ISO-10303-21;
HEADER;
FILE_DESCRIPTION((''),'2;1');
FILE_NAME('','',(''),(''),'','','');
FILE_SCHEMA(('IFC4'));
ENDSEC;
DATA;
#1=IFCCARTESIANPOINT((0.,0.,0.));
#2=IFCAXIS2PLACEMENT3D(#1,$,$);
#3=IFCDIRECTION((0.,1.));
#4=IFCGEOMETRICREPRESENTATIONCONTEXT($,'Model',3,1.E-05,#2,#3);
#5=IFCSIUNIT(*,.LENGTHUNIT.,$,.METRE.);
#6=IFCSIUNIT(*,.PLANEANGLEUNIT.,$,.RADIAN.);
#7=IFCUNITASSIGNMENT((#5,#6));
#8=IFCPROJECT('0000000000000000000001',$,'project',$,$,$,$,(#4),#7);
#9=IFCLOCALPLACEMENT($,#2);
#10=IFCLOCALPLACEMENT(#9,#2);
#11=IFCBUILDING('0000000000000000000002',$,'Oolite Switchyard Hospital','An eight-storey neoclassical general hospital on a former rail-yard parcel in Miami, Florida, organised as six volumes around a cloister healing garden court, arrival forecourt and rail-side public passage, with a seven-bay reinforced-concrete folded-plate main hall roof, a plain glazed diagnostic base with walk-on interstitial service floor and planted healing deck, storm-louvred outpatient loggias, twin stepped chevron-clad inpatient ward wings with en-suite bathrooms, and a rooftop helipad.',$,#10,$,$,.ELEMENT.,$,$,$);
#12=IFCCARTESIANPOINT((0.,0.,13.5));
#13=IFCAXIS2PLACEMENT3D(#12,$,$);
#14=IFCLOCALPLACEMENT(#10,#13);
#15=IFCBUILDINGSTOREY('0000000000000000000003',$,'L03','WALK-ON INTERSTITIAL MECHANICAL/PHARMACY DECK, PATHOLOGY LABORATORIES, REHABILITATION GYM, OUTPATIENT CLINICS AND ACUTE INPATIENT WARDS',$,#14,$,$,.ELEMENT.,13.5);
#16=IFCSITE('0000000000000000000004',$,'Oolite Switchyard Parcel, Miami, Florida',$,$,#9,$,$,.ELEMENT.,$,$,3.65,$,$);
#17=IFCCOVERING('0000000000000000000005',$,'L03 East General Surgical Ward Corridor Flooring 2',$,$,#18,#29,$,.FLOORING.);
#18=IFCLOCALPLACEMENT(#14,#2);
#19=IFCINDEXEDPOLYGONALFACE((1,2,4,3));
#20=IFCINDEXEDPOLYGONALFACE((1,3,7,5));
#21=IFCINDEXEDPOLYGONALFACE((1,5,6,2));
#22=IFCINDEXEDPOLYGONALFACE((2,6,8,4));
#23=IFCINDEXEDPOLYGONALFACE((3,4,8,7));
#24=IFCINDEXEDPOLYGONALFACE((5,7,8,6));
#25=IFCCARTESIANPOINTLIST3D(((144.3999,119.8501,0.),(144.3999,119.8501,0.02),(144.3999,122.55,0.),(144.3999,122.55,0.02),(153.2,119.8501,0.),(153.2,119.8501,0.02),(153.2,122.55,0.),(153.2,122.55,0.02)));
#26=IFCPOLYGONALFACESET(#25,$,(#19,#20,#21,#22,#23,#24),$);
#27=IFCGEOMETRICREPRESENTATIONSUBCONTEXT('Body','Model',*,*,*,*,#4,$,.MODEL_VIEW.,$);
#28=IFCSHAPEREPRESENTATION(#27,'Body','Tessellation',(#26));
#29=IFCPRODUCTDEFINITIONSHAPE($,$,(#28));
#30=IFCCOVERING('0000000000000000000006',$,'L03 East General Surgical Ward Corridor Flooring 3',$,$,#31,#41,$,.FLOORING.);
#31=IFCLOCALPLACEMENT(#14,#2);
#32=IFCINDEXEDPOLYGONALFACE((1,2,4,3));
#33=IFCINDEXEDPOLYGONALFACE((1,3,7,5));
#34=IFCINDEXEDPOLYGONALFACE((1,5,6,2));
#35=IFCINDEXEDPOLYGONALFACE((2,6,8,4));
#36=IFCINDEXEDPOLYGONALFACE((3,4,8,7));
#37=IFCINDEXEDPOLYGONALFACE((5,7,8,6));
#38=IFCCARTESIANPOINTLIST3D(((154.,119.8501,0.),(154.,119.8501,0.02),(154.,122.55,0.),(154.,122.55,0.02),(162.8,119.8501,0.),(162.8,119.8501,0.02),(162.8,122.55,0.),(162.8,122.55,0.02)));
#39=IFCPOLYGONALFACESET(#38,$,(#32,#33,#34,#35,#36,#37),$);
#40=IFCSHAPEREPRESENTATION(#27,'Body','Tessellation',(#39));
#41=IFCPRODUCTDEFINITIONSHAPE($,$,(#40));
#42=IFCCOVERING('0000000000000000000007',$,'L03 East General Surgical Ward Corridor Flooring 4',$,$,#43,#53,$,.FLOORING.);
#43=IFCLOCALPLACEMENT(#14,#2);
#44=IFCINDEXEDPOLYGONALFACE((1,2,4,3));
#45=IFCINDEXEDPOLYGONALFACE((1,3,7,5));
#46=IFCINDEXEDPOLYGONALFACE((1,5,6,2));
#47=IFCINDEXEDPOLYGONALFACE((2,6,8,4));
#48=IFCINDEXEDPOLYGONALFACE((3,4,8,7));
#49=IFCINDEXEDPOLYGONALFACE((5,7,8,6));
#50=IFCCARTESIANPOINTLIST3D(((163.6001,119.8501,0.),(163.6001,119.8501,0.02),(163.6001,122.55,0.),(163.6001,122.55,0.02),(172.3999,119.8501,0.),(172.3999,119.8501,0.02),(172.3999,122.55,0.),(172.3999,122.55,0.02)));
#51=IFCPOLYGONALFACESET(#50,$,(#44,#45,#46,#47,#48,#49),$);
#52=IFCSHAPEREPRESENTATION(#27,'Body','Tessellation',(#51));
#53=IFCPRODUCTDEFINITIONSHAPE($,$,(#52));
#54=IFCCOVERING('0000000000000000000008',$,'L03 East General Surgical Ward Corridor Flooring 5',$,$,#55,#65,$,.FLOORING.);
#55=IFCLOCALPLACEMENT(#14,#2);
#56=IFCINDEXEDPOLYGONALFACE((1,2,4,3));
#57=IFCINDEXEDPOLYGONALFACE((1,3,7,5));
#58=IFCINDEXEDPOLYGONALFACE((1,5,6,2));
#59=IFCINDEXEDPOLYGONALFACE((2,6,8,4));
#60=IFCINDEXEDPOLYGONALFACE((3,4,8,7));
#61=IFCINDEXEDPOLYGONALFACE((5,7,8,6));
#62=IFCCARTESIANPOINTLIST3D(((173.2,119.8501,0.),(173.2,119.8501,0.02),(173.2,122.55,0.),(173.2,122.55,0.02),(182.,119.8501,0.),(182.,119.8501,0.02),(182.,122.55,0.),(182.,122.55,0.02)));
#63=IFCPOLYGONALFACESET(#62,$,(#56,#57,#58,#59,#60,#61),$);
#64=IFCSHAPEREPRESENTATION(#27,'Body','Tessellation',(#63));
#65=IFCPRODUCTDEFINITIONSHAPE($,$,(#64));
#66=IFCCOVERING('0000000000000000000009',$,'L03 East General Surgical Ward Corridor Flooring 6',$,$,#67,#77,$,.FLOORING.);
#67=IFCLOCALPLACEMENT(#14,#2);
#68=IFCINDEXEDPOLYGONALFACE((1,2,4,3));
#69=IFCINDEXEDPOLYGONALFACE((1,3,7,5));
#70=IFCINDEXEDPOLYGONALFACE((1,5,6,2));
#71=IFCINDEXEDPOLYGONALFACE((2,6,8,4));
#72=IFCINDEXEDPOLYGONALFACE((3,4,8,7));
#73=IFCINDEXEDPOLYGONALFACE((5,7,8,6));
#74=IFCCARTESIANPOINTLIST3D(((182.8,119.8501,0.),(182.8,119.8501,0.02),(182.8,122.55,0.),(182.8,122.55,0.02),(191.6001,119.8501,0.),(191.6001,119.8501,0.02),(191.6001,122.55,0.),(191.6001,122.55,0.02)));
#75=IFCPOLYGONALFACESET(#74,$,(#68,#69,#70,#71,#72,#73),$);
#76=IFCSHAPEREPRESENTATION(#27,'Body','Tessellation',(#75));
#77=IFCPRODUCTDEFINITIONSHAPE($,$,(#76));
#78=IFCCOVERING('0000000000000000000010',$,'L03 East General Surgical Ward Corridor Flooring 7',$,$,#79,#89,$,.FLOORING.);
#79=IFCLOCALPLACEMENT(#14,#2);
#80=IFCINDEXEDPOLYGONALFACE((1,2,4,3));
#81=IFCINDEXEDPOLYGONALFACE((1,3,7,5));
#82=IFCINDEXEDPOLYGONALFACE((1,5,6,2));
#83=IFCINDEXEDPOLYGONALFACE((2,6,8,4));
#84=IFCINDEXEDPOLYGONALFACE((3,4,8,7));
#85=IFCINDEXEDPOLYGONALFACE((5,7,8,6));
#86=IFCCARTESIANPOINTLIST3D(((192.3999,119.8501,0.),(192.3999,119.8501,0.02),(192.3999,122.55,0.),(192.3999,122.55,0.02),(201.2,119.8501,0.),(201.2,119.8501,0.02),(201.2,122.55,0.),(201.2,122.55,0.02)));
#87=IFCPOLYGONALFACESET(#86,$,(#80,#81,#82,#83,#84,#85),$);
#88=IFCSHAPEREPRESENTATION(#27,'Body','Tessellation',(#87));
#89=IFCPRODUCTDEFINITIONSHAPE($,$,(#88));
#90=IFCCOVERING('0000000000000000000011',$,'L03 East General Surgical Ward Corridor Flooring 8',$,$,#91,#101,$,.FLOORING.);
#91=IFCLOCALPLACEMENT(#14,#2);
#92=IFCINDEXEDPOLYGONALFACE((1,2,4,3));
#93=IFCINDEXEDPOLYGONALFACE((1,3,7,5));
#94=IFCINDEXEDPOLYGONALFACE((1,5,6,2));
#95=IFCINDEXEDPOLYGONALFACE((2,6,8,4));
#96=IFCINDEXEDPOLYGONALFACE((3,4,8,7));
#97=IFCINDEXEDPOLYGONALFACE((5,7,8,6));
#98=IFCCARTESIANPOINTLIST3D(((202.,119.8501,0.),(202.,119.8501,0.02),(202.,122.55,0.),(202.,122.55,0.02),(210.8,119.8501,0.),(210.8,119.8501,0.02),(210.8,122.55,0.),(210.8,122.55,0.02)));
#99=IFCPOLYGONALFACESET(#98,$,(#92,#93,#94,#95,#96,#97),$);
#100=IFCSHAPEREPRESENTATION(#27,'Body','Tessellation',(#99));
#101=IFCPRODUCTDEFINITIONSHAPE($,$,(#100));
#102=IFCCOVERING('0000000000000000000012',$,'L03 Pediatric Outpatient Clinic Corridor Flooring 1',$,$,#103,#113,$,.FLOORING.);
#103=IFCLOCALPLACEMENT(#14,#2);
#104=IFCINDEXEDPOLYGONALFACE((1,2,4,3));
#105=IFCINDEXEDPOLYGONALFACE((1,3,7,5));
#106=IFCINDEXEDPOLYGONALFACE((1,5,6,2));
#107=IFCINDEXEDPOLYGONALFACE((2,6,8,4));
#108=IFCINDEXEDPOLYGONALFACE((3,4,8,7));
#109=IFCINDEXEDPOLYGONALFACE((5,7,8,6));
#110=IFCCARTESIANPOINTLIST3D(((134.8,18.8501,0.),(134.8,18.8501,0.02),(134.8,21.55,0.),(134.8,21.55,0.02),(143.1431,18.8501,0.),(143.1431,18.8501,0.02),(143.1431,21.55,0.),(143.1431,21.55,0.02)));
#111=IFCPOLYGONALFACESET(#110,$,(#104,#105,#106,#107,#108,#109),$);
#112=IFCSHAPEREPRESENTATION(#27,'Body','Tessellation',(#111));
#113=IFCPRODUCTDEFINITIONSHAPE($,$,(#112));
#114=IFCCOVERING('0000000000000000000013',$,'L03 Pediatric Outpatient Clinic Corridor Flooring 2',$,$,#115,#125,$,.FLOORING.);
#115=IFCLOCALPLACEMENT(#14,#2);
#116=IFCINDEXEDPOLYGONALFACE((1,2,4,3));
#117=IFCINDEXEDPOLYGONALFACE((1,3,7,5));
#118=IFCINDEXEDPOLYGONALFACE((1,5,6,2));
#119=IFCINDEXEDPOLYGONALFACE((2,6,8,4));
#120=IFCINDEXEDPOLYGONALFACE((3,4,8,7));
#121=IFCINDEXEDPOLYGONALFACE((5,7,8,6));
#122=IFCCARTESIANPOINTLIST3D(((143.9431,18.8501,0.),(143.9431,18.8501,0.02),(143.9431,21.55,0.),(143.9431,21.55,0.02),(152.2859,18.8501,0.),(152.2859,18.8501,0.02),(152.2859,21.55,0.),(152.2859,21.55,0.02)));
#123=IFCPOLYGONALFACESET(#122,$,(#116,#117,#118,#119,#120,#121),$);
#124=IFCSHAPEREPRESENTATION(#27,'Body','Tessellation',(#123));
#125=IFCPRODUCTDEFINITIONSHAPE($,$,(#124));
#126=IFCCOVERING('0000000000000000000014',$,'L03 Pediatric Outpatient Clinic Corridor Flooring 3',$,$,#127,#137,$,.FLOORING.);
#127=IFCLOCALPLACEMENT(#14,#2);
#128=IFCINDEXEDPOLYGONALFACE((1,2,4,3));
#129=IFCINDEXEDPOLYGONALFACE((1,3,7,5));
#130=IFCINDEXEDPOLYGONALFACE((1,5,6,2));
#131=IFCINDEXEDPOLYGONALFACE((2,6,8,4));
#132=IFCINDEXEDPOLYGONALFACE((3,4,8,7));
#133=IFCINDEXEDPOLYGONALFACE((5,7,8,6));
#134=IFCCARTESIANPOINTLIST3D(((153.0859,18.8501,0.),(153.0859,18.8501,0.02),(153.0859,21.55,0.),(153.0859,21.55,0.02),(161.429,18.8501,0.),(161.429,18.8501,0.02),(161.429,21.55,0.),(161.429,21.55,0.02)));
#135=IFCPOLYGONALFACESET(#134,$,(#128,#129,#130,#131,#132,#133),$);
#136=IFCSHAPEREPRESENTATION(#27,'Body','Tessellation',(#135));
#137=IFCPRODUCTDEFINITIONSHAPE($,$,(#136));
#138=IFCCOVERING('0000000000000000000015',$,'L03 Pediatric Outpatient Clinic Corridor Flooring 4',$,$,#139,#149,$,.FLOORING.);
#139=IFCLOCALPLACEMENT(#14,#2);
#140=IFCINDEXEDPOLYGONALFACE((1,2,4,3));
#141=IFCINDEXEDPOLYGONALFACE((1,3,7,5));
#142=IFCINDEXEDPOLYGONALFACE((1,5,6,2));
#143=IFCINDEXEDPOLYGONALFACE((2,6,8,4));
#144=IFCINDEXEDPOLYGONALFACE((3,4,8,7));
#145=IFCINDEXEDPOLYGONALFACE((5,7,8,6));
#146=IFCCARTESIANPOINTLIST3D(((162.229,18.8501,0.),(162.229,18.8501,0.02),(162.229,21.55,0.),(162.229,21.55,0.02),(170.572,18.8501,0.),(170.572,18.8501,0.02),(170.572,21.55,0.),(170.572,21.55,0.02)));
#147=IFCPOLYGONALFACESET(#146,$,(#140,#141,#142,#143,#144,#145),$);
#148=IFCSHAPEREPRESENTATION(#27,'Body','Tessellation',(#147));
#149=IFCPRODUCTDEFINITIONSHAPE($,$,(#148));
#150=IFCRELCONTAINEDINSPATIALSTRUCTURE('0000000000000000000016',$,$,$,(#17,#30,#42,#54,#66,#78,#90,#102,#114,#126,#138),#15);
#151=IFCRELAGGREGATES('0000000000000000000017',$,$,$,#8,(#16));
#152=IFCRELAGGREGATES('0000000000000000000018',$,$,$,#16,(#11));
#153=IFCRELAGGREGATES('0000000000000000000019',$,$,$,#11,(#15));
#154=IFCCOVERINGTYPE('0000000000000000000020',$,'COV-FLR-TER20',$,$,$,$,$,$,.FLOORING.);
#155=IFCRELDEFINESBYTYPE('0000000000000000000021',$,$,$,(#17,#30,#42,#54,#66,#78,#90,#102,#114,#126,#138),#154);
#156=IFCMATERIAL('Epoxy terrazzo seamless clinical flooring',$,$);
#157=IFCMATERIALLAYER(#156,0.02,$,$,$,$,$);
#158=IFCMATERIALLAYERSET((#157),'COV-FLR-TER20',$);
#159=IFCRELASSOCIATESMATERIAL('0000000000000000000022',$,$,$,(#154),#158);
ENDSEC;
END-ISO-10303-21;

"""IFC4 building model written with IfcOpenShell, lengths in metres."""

from ifc_helpers import new_model, si_unit, direction, frame, origin, place, context, subcontext, project, spatial, polyline, outline, extrude, material, layer, layer_set, type_object, element, save


model = new_model("IFC4")

# Units and contexts
model_context = context("Model", 3, precision=1e-05, world=origin(), true_north=direction((0.0, 1.0)))
body_context = subcontext(model_context, "Body", "Model", "MODEL_VIEW")
ifc_project = project(units=[si_unit("LENGTHUNIT", "METRE"), si_unit("PLANEANGLEUNIT", "RADIAN")], contexts=[model_context])

# Site, building, storey
site_placement = place(None, origin())
site = spatial("IfcSite", under=ifc_project, at=site_placement, Name="Oolite Switchyard Parcel, Miami, Florida", CompositionType="ELEMENT", RefElevation=3.65)
building_placement = place(site_placement, origin())
building = spatial("IfcBuilding", under=site, at=building_placement, Name="Oolite Switchyard Hospital", Description="An eight-storey neoclassical general hospital on a former rail-yard parcel in Miami, Florida, organised as six volumes around a cloister healing garden court, arrival forecourt and rail-side public passage, with a seven-bay reinforced-concrete folded-plate main hall roof, a plain glazed diagnostic base with walk-on interstitial service floor and planted healing deck, storm-louvred outpatient loggias, twin stepped chevron-clad inpatient ward wings with en-suite bathrooms, and a rooftop helipad.", CompositionType="ELEMENT")
storey_placement = place(building_placement, frame((0.0, 0.0, 13.5)))
storey = spatial("IfcBuildingStorey", under=building, at=storey_placement, Name="L03", Description="WALK-ON INTERSTITIAL MECHANICAL/PHARMACY DECK, PATHOLOGY LABORATORIES, REHABILITATION GYM, OUTPATIENT CLINICS AND ACUTE INPATIENT WARDS", CompositionType="ELEMENT", Elevation=13.5)

# Coverings
ifc_material_1 = material(Name="Epoxy terrazzo seamless clinical flooring")
ifc_layer_1 = layer(ifc_material_1, 0.02)
ifc_layer_set_1 = layer_set([ifc_layer_1], Name="COV-FLR-TER20")
covering_type_1 = type_object("IfcCoveringType", Name="COV-FLR-TER20", PredefinedType="FLOORING", material=ifc_layer_set_1)
covering_1_placement = place(storey_placement, origin())
element("IfcCovering", 1, at=covering_1_placement, inside=storey, type_object=covering_type_1, Name="L03 East General Surgical Ward Corridor Flooring 2", PredefinedType="FLOORING", context=body_context, shape_type="SweptSolid", body=[
    extrude(outline(polyline([(144.3999, 119.8501), (153.2, 119.8501), (153.2, 122.55), (144.3999, 122.55), (144.3999, 119.8501)])), origin(), (0.0, 0.0, 1.0), 0.02),
])
covering_2_placement = place(storey_placement, origin())
element("IfcCovering", 2, at=covering_2_placement, inside=storey, type_object=covering_type_1, Name="L03 East General Surgical Ward Corridor Flooring 3", PredefinedType="FLOORING", context=body_context, shape_type="SweptSolid", body=[
    extrude(outline(polyline([(154.0, 119.8501), (162.8, 119.8501), (162.8, 122.55), (154.0, 122.55), (154.0, 119.8501)])), origin(), (0.0, 0.0, 1.0), 0.02),
])
covering_3_placement = place(storey_placement, origin())
element("IfcCovering", 3, at=covering_3_placement, inside=storey, type_object=covering_type_1, Name="L03 East General Surgical Ward Corridor Flooring 4", PredefinedType="FLOORING", context=body_context, shape_type="SweptSolid", body=[
    extrude(outline(polyline([(163.6001, 119.8501), (172.3999, 119.8501), (172.3999, 122.55), (163.6001, 122.55), (163.6001, 119.8501)])), origin(), (0.0, 0.0, 1.0), 0.02),
])
covering_4_placement = place(storey_placement, origin())
element("IfcCovering", 4, at=covering_4_placement, inside=storey, type_object=covering_type_1, Name="L03 East General Surgical Ward Corridor Flooring 5", PredefinedType="FLOORING", context=body_context, shape_type="SweptSolid", body=[
    extrude(outline(polyline([(173.2, 119.8501), (182.0, 119.8501), (182.0, 122.55), (173.2, 122.55), (173.2, 119.8501)])), origin(), (0.0, 0.0, 1.0), 0.02),
])
covering_5_placement = place(storey_placement, origin())
element("IfcCovering", 5, at=covering_5_placement, inside=storey, type_object=covering_type_1, Name="L03 East General Surgical Ward Corridor Flooring 6", PredefinedType="FLOORING", context=body_context, shape_type="SweptSolid", body=[
    extrude(outline(polyline([(182.8, 119.8501), (191.6001, 119.8501), (191.6001, 122.55), (182.8, 122.55), (182.8, 119.8501)])), origin(), (0.0, 0.0, 1.0), 0.02),
])
covering_6_placement = place(storey_placement, origin())
element("IfcCovering", 6, at=covering_6_placement, inside=storey, type_object=covering_type_1, Name="L03 East General Surgical Ward Corridor Flooring 7", PredefinedType="FLOORING", context=body_context, shape_type="SweptSolid", body=[
    extrude(outline(polyline([(192.3999, 119.8501), (201.2, 119.8501), (201.2, 122.55), (192.3999, 122.55), (192.3999, 119.8501)])), origin(), (0.0, 0.0, 1.0), 0.02),
])
covering_7_placement = place(storey_placement, origin())
element("IfcCovering", 7, at=covering_7_placement, inside=storey, type_object=covering_type_1, Name="L03 East General Surgical Ward Corridor Flooring 8", PredefinedType="FLOORING", context=body_context, shape_type="SweptSolid", body=[
    extrude(outline(polyline([(202.0, 119.8501), (210.8, 119.8501), (210.8, 122.55), (202.0, 122.55), (202.0, 119.8501)])), origin(), (0.0, 0.0, 1.0), 0.02),
])
covering_8_placement = place(storey_placement, origin())
element("IfcCovering", 8, at=covering_8_placement, inside=storey, type_object=covering_type_1, Name="L03 Pediatric Outpatient Clinic Corridor Flooring 1", PredefinedType="FLOORING", context=body_context, shape_type="SweptSolid", body=[
    extrude(outline(polyline([(134.8, 18.8501), (143.1431, 18.8501), (143.1431, 21.55), (134.8, 21.55), (134.8, 18.8501)])), origin(), (0.0, 0.0, 1.0), 0.02),
])
covering_9_placement = place(storey_placement, origin())
element("IfcCovering", 9, at=covering_9_placement, inside=storey, type_object=covering_type_1, Name="L03 Pediatric Outpatient Clinic Corridor Flooring 2", PredefinedType="FLOORING", context=body_context, shape_type="SweptSolid", body=[
    extrude(outline(polyline([(143.9431, 18.8501), (152.2859, 18.8501), (152.2859, 21.55), (143.9431, 21.55), (143.9431, 18.8501)])), origin(), (0.0, 0.0, 1.0), 0.02),
])
covering_10_placement = place(storey_placement, origin())
element("IfcCovering", 10, at=covering_10_placement, inside=storey, type_object=covering_type_1, Name="L03 Pediatric Outpatient Clinic Corridor Flooring 3", PredefinedType="FLOORING", context=body_context, shape_type="SweptSolid", body=[
    extrude(outline(polyline([(153.0859, 18.8501), (161.429, 18.8501), (161.429, 21.55), (153.0859, 21.55), (153.0859, 18.8501)])), origin(), (0.0, 0.0, 1.0), 0.02),
])
covering_11_placement = place(storey_placement, origin())
element("IfcCovering", 11, at=covering_11_placement, inside=storey, type_object=covering_type_1, Name="L03 Pediatric Outpatient Clinic Corridor Flooring 4", PredefinedType="FLOORING", context=body_context, shape_type="SweptSolid", body=[
    extrude(outline(polyline([(162.229, 18.8501), (170.572, 18.8501), (170.572, 21.55), (162.229, 21.55), (162.229, 18.8501)])), origin(), (0.0, 0.0, 1.0), 0.02),
])

save(model, "model.ifc")
